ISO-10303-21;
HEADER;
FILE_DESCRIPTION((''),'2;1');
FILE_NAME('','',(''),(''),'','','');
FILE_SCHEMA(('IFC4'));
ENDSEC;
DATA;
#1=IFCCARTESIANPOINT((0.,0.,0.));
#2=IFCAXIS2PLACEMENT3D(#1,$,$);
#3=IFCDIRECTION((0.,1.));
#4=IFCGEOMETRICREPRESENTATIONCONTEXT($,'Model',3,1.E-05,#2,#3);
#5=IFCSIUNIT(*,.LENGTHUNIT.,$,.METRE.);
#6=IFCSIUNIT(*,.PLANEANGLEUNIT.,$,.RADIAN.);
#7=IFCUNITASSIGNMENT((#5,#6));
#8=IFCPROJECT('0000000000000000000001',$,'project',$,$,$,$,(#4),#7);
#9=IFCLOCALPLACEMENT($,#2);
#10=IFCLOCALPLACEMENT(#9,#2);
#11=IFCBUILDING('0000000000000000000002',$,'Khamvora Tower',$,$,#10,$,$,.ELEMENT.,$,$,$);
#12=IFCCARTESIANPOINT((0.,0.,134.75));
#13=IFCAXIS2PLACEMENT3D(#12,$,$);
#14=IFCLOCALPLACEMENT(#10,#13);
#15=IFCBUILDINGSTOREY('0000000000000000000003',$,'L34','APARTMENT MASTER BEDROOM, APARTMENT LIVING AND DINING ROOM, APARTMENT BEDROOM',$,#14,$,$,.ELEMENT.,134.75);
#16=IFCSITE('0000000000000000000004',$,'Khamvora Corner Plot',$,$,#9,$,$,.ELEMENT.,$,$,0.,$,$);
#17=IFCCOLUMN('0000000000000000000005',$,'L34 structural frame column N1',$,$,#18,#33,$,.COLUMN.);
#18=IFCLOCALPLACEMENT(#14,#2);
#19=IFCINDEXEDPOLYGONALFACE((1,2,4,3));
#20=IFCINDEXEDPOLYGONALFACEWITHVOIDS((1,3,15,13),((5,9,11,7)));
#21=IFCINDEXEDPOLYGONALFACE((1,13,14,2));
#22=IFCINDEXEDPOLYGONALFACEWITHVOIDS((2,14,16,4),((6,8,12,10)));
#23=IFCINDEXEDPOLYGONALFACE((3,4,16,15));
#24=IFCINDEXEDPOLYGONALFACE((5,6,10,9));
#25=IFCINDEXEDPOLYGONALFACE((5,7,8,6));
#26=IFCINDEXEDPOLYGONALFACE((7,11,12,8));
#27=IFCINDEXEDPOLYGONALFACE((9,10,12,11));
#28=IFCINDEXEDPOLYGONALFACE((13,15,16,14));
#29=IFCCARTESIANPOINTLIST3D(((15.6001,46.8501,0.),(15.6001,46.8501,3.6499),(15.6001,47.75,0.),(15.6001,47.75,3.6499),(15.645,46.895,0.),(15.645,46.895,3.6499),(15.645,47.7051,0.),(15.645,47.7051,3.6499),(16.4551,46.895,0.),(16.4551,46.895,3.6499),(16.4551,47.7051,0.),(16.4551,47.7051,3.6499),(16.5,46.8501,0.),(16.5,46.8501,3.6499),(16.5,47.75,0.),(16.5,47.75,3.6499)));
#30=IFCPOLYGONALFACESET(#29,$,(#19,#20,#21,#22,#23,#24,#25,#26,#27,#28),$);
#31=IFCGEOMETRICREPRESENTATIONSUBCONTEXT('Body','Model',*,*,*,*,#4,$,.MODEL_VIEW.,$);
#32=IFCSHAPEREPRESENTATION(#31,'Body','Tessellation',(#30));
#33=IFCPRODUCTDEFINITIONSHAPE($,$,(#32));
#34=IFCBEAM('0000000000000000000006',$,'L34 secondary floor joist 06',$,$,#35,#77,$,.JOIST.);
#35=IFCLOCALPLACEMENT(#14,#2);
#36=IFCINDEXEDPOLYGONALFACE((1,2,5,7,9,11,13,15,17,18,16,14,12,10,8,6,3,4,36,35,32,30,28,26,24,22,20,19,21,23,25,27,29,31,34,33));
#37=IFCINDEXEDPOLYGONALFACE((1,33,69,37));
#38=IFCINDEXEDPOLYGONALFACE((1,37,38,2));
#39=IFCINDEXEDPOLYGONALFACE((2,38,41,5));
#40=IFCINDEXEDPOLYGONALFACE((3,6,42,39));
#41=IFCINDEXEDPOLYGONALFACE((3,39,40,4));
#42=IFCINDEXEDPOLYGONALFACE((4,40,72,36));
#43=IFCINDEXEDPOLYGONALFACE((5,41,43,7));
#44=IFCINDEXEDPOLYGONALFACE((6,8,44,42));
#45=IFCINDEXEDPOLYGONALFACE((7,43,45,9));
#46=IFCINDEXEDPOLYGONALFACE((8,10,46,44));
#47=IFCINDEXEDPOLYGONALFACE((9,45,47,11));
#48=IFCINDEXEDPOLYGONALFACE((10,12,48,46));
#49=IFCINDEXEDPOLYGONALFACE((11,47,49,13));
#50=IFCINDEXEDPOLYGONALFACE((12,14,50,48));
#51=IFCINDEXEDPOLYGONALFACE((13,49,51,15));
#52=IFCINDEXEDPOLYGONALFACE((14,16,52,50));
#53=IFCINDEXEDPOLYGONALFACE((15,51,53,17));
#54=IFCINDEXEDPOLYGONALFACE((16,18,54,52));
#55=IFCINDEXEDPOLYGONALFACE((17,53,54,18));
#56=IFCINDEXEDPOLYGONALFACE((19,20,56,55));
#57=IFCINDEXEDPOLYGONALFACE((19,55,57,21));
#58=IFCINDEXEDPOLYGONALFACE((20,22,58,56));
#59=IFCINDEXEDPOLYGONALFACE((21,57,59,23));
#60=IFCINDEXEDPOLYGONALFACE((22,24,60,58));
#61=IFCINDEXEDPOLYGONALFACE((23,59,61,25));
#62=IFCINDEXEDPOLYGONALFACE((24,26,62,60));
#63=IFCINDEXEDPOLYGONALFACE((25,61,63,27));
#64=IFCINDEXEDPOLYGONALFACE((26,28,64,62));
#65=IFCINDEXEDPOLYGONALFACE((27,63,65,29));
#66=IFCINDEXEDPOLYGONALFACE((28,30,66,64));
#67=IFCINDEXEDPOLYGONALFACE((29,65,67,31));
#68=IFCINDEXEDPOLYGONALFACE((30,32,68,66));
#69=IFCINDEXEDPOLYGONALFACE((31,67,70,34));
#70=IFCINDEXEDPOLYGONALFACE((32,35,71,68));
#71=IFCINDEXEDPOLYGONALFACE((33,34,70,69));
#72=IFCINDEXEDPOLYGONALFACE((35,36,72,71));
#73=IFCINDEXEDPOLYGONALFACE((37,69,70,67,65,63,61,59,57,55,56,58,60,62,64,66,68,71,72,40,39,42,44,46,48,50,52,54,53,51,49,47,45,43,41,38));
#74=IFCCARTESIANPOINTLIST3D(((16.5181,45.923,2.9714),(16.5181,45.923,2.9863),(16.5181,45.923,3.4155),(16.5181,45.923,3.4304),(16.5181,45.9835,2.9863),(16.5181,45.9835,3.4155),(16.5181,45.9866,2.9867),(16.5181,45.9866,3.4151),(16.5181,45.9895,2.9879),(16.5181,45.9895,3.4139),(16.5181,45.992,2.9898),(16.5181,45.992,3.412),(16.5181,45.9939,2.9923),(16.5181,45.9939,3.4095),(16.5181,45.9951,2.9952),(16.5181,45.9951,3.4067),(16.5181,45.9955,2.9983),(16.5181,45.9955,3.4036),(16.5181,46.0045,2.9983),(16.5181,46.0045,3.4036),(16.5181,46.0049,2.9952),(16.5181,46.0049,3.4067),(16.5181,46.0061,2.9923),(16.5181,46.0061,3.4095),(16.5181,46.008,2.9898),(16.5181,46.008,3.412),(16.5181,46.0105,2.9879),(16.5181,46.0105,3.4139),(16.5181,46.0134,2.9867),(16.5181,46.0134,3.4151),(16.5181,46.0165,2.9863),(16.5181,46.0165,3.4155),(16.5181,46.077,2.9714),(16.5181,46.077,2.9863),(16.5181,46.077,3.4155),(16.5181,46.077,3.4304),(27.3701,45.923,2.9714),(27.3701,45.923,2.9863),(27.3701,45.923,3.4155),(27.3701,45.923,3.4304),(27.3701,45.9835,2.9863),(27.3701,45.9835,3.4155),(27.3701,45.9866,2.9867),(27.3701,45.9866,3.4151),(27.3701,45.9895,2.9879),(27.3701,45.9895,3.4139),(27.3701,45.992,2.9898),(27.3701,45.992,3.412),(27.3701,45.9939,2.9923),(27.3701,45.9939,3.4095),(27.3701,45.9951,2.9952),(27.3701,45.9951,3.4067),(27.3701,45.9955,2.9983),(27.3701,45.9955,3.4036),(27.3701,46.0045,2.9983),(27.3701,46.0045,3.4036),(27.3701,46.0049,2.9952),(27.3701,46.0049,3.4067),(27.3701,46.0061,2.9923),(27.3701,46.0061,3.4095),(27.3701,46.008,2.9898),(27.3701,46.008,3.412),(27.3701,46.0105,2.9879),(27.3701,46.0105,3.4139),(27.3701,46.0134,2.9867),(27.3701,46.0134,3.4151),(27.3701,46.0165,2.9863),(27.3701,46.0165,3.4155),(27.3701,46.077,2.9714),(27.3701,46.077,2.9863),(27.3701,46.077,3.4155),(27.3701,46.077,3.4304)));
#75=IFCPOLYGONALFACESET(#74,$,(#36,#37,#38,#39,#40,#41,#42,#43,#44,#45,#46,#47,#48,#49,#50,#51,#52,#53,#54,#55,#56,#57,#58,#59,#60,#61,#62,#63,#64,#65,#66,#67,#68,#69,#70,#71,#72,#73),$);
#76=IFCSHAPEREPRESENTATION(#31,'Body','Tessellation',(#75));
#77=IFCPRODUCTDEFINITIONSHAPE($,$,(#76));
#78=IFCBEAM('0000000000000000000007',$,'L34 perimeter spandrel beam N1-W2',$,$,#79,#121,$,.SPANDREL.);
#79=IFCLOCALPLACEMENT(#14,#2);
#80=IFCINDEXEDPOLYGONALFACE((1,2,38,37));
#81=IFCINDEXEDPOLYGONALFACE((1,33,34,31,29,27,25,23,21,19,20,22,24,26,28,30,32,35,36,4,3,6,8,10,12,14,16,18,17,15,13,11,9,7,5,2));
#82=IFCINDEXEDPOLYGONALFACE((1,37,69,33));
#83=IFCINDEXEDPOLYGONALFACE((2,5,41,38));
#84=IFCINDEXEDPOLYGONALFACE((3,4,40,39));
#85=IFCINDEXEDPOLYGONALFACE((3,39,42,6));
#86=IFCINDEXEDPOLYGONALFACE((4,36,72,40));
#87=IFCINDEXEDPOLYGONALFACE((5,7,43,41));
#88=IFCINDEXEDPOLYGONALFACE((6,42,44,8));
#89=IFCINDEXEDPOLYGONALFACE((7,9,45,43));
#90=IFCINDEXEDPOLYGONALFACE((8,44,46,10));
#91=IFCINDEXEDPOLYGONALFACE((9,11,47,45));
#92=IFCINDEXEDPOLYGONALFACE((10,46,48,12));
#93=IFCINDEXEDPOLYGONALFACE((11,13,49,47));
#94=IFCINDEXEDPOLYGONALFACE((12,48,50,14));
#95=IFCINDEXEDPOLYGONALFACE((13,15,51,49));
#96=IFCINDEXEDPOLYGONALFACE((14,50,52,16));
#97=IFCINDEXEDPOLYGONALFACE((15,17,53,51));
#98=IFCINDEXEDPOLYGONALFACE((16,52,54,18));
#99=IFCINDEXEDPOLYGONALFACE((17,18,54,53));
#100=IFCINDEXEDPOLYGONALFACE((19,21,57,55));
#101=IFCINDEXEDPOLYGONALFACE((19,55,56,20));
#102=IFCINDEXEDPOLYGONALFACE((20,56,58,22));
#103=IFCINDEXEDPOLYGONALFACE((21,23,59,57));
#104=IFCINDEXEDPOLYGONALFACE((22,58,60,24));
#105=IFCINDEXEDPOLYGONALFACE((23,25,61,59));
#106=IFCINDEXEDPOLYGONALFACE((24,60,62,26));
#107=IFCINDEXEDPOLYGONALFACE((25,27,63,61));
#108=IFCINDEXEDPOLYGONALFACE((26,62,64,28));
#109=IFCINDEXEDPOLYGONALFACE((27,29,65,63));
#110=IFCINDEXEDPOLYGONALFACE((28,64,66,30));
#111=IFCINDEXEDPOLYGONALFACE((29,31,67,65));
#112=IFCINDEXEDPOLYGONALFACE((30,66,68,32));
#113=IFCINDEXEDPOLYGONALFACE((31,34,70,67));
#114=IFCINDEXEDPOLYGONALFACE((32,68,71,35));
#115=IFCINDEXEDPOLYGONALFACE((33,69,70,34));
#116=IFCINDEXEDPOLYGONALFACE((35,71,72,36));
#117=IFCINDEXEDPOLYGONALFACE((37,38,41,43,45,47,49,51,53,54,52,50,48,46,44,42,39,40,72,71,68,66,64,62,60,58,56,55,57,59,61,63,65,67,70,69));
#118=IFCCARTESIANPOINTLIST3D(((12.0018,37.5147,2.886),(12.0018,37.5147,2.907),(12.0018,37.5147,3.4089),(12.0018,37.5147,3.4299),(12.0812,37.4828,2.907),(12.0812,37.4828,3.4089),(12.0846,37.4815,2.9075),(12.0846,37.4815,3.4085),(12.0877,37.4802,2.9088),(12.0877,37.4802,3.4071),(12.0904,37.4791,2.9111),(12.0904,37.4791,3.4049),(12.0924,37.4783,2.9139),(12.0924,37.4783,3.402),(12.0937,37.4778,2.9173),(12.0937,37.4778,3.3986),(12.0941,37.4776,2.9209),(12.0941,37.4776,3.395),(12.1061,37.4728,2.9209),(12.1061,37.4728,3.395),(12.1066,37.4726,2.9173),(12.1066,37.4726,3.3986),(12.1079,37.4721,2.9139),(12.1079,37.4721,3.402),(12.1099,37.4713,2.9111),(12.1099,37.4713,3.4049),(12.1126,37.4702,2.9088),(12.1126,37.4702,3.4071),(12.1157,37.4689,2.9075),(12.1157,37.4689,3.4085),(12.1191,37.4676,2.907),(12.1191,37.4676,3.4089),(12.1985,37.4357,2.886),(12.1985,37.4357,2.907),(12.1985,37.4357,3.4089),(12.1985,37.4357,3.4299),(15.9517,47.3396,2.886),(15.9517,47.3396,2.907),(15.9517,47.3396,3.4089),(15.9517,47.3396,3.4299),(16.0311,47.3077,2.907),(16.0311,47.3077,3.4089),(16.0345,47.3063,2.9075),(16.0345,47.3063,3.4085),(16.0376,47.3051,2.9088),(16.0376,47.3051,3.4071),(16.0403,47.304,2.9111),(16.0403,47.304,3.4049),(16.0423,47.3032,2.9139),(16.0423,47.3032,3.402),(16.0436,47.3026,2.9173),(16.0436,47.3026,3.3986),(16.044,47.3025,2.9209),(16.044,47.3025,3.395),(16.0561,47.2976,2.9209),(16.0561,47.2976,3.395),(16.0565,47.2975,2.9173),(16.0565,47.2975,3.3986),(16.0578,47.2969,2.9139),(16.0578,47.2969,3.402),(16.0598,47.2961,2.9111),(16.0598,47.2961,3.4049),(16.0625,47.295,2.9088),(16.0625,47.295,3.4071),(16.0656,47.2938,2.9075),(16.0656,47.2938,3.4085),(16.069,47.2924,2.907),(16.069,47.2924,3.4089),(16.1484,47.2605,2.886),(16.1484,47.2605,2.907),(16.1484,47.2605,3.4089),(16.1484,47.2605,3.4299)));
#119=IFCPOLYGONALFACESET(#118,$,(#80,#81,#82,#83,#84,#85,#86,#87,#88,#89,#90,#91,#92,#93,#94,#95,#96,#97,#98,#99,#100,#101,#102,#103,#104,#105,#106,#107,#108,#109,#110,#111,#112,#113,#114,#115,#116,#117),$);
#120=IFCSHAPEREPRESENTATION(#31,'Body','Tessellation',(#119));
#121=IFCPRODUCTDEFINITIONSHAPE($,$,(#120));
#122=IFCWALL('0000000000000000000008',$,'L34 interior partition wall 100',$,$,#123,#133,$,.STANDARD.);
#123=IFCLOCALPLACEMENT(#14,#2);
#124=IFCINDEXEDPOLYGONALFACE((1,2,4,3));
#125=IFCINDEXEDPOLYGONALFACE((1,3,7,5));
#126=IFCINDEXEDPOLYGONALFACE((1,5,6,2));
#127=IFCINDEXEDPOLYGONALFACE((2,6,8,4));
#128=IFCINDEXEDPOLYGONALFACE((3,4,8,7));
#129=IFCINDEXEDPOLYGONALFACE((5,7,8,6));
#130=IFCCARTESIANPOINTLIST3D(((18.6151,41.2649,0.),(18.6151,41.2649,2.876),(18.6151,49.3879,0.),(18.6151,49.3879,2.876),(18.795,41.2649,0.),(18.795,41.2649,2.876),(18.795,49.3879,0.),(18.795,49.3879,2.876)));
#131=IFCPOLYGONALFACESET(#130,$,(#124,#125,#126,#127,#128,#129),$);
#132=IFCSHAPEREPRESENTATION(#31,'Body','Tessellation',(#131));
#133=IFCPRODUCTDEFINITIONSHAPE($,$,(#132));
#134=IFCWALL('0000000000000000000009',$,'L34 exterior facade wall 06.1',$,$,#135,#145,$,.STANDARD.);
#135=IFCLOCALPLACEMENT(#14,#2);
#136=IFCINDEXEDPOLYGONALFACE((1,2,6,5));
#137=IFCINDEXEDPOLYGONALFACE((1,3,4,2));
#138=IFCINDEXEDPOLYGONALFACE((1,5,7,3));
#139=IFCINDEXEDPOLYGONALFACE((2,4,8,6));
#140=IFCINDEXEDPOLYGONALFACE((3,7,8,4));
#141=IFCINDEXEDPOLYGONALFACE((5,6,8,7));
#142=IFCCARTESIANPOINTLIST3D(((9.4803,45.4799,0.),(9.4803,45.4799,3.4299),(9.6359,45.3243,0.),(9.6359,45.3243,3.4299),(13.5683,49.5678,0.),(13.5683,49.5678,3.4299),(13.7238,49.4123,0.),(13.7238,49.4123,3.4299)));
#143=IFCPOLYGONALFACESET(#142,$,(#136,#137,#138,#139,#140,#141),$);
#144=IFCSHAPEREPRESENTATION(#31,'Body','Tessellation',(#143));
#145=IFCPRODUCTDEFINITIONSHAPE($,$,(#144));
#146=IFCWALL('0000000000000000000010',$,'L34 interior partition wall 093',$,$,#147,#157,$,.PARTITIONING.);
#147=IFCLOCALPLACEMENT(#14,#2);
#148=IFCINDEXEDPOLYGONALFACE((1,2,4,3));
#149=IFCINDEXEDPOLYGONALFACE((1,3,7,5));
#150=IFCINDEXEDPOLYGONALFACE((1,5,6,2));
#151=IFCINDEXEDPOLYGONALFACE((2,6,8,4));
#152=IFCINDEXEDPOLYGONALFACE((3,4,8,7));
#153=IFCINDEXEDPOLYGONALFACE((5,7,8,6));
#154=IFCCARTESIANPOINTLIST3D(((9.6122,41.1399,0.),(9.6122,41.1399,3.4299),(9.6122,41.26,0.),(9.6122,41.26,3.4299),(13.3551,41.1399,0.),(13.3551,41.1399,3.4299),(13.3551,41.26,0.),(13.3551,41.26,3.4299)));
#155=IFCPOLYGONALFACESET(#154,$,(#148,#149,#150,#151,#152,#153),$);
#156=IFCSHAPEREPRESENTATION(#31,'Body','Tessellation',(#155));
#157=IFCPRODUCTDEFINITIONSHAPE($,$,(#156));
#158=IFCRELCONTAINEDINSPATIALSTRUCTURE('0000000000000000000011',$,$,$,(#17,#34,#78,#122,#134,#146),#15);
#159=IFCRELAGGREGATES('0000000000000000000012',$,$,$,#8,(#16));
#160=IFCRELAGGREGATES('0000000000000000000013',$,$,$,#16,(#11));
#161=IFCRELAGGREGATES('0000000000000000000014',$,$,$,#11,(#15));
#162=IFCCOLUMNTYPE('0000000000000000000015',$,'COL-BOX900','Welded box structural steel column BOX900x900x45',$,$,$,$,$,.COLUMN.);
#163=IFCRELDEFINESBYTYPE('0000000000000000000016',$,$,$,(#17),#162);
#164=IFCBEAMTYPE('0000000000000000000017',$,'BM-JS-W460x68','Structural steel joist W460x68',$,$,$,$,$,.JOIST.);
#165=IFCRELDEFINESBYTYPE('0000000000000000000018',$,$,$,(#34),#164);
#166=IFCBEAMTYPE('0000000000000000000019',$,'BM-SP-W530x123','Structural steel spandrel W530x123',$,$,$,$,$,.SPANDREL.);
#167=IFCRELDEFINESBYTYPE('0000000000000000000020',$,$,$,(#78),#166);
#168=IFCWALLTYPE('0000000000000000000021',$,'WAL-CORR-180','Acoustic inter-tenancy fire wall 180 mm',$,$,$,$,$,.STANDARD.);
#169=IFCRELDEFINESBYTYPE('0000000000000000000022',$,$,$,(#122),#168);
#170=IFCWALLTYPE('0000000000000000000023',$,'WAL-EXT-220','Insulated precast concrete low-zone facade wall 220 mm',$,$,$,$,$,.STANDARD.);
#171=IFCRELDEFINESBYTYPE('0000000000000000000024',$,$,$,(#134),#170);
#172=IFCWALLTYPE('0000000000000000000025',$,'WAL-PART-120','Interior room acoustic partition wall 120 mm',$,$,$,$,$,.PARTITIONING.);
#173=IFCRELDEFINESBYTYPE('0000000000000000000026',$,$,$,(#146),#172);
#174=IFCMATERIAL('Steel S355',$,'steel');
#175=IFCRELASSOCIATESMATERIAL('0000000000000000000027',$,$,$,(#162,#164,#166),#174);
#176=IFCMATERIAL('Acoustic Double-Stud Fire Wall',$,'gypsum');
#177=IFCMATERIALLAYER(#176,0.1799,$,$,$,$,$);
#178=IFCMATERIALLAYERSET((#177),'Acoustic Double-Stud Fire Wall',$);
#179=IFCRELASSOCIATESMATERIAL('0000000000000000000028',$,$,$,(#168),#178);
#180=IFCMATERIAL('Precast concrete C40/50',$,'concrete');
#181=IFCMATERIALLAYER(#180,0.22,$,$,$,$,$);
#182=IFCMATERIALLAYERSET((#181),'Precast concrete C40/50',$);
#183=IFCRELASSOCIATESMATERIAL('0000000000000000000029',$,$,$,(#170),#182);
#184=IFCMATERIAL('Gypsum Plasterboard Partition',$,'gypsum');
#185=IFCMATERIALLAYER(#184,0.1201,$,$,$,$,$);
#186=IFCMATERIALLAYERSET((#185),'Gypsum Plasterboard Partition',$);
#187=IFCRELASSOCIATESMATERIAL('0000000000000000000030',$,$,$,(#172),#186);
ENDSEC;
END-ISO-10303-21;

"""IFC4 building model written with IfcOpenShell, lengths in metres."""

from ifc_helpers import new_model, si_unit, direction, frame, frame_2d, origin, origin_2d, place, context, subcontext, project, spatial, rectangle, hollow_rectangle, i_section, extrude, material, layer, layer_set, material_profile, profile_set, type_object, element, save


model = new_model("IFC4")

# Units and contexts
model_context = context("Model", 3, precision=1e-05, world=origin(), true_north=direction((0.0, 1.0)))
body_context = subcontext(model_context, "Body", "Model", "MODEL_VIEW")
ifc_project = project(units=[si_unit("LENGTHUNIT", "METRE"), si_unit("PLANEANGLEUNIT", "RADIAN")], contexts=[model_context])

# Site, building, storey
site_placement = place(None, origin())
site = spatial("IfcSite", under=ifc_project, at=site_placement, Name="Khamvora Corner Plot", CompositionType="ELEMENT", RefElevation=0.0)
building_placement = place(site_placement, origin())
building = spatial("IfcBuilding", under=site, at=building_placement, Name="Khamvora Tower", CompositionType="ELEMENT")
storey_placement = place(building_placement, frame((0.0, 0.0, 134.75)))
storey = spatial("IfcBuildingStorey", under=building, at=storey_placement, Name="L34", Description="APARTMENT MASTER BEDROOM, APARTMENT LIVING AND DINING ROOM, APARTMENT BEDROOM", CompositionType="ELEMENT", Elevation=134.75)

# Column
ifc_material_1 = material(Name="Steel S355", Category="steel")
ifc_material_profile_1 = material_profile(ifc_material_1, hollow_rectangle(XDim=0.8999, YDim=0.8999, WallThickness=0.0449, at=origin_2d()), Name="BOX900x900x45")
ifc_profile_set_1 = profile_set([ifc_material_profile_1], Name="Steel S355")
column_type = type_object("IfcColumnType", Name="COL-BOX900", Description="Welded box structural steel column BOX900x900x45", PredefinedType="COLUMN", material=ifc_profile_set_1)
column_placement = place(storey_placement, frame((16.05, 47.3, 0.0), z_axis=(0.0, 0.0, 1.0), x_axis=(1.0, 0.0, 0.0)))
element("IfcColumn", 1, at=column_placement, inside=storey, type_object=column_type, Name="L34 structural frame column N1", PredefinedType="COLUMN", context=body_context, shape_type="SweptSolid", body=[
    extrude(hollow_rectangle(XDim=0.8999, YDim=0.8999, WallThickness=0.0449, at=origin_2d()), origin(), (0.0, 0.0, 1.0), 3.6499),
])

# Beams
ifc_material_profile_2 = material_profile(ifc_material_1, i_section(OverallWidth=0.1541, OverallDepth=0.459, WebThickness=0.009, FlangeThickness=0.0149, FilletRadius=0.012, at=origin_2d()), Name="W460x68")
ifc_profile_set_2 = profile_set([ifc_material_profile_2], Name="Steel S355")
beam_type_1 = type_object("IfcBeamType", Name="BM-JS-W460x68", Description="Structural steel joist W460x68", PredefinedType="JOIST", material=ifc_profile_set_2)
beam_1_placement = place(storey_placement, frame((16.5181, 46.0, 3.2009), z_axis=(1.0, 0.0, 0.0), x_axis=(0.0, 1.0, 0.0)))
element("IfcBeam", 2, at=beam_1_placement, inside=storey, type_object=beam_type_1, Name="L34 secondary floor joist 06", PredefinedType="JOIST", context=body_context, shape_type="SweptSolid", body=[
    extrude(i_section(OverallWidth=0.1541, OverallDepth=0.459, WebThickness=0.009, FlangeThickness=0.0149, FilletRadius=0.012, at=origin_2d()), origin(), (0.0, 0.0, 1.0), 10.8521),
])
ifc_material_profile_3 = material_profile(ifc_material_1, i_section(OverallWidth=0.2119, OverallDepth=0.5439, WebThickness=0.0129, FlangeThickness=0.021, FilletRadius=0.0139, at=origin_2d()), Name="W530x123")
ifc_profile_set_3 = profile_set([ifc_material_profile_3], Name="Steel S355")
beam_type_2 = type_object("IfcBeamType", Name="BM-SP-W530x123", Description="Structural steel spandrel W530x123", PredefinedType="SPANDREL", material=ifc_profile_set_3)
beam_2_placement = place(storey_placement, frame((16.05, 47.3, 3.158), z_axis=(-0.373016, -0.927825, 0.0), x_axis=(0.927825, -0.373016, 0.0)))
element("IfcBeam", 3, at=beam_2_placement, inside=storey, type_object=beam_type_2, Name="L34 perimeter spandrel beam N1-W2", PredefinedType="SPANDREL", context=body_context, shape_type="SweptSolid", body=[
    extrude(i_section(OverallWidth=0.2119, OverallDepth=0.5439, WebThickness=0.0129, FlangeThickness=0.021, FilletRadius=0.0139, at=origin_2d()), origin(), (0.0, 0.0, 1.0), 10.5891),
])

# Walls
ifc_material_2 = material(Name="Acoustic Double-Stud Fire Wall", Category="gypsum")
ifc_layer_1 = layer(ifc_material_2, 0.1799)
ifc_layer_set_1 = layer_set([ifc_layer_1], Name="Acoustic Double-Stud Fire Wall")
wall_type_1 = type_object("IfcWallType", Name="WAL-CORR-180", Description="Acoustic inter-tenancy fire wall 180 mm", PredefinedType="STANDARD", material=ifc_layer_set_1)
wall_1_placement = place(storey_placement, frame((18.7051, 49.3879, 0.0), z_axis=(0.0, 0.0, 1.0), x_axis=(0.0, -1.0, 0.0)))
element("IfcWall", 4, at=wall_1_placement, inside=storey, type_object=wall_type_1, Name="L34 interior partition wall 100", PredefinedType="STANDARD", context=body_context, shape_type="SweptSolid", body=[
    extrude(rectangle(XDim=8.123, YDim=0.1799, at=frame_2d((4.0615, 0.0))), origin(), (0.0, 0.0, 1.0), 2.876),
])
ifc_material_3 = material(Name="Precast concrete C40/50", Category="concrete")
ifc_layer_2 = layer(ifc_material_3, 0.22)
ifc_layer_set_2 = layer_set([ifc_layer_2], Name="Precast concrete C40/50")
wall_type_2 = type_object("IfcWallType", Name="WAL-EXT-220", Description="Insulated precast concrete low-zone facade wall 220 mm", PredefinedType="STANDARD", material=ifc_layer_set_2)
wall_2_placement = place(storey_placement, frame((9.5581, 45.4021, 0.0), z_axis=(0.0, 0.0, 1.0), x_axis=(0.707107, 0.707107, 0.0)))
element("IfcWall", 5, at=wall_2_placement, inside=storey, type_object=wall_type_2, Name="L34 exterior facade wall 06.1", PredefinedType="STANDARD", context=body_context, shape_type="SweptSolid", body=[
    extrude(rectangle(XDim=5.7812, YDim=0.22, at=frame_2d((2.8906, 0.0))), origin(), (0.0, 0.0, 1.0), 3.4299),
])

# Wall
ifc_material_4 = material(Name="Gypsum Plasterboard Partition", Category="gypsum")
ifc_layer_3 = layer(ifc_material_4, 0.1201)
ifc_layer_set_3 = layer_set([ifc_layer_3], Name="Gypsum Plasterboard Partition")
wall_type_3 = type_object("IfcWallType", Name="WAL-PART-120", Description="Interior room acoustic partition wall 120 mm", PredefinedType="PARTITIONING", material=ifc_layer_set_3)
wall_3_placement = place(storey_placement, frame((9.6121, 41.2, 0.0), z_axis=(0.0, 0.0, 1.0), x_axis=(1.0, 0.0, 0.0)))
element("IfcWall", 6, at=wall_3_placement, inside=storey, type_object=wall_type_3, Name="L34 interior partition wall 093", PredefinedType="PARTITIONING", context=body_context, shape_type="SweptSolid", body=[
    extrude(rectangle(XDim=3.7429, YDim=0.1201, at=frame_2d((1.8716, 0.0))), origin(), (0.0, 0.0, 1.0), 3.4299),
])

save(model, "model.ifc")
